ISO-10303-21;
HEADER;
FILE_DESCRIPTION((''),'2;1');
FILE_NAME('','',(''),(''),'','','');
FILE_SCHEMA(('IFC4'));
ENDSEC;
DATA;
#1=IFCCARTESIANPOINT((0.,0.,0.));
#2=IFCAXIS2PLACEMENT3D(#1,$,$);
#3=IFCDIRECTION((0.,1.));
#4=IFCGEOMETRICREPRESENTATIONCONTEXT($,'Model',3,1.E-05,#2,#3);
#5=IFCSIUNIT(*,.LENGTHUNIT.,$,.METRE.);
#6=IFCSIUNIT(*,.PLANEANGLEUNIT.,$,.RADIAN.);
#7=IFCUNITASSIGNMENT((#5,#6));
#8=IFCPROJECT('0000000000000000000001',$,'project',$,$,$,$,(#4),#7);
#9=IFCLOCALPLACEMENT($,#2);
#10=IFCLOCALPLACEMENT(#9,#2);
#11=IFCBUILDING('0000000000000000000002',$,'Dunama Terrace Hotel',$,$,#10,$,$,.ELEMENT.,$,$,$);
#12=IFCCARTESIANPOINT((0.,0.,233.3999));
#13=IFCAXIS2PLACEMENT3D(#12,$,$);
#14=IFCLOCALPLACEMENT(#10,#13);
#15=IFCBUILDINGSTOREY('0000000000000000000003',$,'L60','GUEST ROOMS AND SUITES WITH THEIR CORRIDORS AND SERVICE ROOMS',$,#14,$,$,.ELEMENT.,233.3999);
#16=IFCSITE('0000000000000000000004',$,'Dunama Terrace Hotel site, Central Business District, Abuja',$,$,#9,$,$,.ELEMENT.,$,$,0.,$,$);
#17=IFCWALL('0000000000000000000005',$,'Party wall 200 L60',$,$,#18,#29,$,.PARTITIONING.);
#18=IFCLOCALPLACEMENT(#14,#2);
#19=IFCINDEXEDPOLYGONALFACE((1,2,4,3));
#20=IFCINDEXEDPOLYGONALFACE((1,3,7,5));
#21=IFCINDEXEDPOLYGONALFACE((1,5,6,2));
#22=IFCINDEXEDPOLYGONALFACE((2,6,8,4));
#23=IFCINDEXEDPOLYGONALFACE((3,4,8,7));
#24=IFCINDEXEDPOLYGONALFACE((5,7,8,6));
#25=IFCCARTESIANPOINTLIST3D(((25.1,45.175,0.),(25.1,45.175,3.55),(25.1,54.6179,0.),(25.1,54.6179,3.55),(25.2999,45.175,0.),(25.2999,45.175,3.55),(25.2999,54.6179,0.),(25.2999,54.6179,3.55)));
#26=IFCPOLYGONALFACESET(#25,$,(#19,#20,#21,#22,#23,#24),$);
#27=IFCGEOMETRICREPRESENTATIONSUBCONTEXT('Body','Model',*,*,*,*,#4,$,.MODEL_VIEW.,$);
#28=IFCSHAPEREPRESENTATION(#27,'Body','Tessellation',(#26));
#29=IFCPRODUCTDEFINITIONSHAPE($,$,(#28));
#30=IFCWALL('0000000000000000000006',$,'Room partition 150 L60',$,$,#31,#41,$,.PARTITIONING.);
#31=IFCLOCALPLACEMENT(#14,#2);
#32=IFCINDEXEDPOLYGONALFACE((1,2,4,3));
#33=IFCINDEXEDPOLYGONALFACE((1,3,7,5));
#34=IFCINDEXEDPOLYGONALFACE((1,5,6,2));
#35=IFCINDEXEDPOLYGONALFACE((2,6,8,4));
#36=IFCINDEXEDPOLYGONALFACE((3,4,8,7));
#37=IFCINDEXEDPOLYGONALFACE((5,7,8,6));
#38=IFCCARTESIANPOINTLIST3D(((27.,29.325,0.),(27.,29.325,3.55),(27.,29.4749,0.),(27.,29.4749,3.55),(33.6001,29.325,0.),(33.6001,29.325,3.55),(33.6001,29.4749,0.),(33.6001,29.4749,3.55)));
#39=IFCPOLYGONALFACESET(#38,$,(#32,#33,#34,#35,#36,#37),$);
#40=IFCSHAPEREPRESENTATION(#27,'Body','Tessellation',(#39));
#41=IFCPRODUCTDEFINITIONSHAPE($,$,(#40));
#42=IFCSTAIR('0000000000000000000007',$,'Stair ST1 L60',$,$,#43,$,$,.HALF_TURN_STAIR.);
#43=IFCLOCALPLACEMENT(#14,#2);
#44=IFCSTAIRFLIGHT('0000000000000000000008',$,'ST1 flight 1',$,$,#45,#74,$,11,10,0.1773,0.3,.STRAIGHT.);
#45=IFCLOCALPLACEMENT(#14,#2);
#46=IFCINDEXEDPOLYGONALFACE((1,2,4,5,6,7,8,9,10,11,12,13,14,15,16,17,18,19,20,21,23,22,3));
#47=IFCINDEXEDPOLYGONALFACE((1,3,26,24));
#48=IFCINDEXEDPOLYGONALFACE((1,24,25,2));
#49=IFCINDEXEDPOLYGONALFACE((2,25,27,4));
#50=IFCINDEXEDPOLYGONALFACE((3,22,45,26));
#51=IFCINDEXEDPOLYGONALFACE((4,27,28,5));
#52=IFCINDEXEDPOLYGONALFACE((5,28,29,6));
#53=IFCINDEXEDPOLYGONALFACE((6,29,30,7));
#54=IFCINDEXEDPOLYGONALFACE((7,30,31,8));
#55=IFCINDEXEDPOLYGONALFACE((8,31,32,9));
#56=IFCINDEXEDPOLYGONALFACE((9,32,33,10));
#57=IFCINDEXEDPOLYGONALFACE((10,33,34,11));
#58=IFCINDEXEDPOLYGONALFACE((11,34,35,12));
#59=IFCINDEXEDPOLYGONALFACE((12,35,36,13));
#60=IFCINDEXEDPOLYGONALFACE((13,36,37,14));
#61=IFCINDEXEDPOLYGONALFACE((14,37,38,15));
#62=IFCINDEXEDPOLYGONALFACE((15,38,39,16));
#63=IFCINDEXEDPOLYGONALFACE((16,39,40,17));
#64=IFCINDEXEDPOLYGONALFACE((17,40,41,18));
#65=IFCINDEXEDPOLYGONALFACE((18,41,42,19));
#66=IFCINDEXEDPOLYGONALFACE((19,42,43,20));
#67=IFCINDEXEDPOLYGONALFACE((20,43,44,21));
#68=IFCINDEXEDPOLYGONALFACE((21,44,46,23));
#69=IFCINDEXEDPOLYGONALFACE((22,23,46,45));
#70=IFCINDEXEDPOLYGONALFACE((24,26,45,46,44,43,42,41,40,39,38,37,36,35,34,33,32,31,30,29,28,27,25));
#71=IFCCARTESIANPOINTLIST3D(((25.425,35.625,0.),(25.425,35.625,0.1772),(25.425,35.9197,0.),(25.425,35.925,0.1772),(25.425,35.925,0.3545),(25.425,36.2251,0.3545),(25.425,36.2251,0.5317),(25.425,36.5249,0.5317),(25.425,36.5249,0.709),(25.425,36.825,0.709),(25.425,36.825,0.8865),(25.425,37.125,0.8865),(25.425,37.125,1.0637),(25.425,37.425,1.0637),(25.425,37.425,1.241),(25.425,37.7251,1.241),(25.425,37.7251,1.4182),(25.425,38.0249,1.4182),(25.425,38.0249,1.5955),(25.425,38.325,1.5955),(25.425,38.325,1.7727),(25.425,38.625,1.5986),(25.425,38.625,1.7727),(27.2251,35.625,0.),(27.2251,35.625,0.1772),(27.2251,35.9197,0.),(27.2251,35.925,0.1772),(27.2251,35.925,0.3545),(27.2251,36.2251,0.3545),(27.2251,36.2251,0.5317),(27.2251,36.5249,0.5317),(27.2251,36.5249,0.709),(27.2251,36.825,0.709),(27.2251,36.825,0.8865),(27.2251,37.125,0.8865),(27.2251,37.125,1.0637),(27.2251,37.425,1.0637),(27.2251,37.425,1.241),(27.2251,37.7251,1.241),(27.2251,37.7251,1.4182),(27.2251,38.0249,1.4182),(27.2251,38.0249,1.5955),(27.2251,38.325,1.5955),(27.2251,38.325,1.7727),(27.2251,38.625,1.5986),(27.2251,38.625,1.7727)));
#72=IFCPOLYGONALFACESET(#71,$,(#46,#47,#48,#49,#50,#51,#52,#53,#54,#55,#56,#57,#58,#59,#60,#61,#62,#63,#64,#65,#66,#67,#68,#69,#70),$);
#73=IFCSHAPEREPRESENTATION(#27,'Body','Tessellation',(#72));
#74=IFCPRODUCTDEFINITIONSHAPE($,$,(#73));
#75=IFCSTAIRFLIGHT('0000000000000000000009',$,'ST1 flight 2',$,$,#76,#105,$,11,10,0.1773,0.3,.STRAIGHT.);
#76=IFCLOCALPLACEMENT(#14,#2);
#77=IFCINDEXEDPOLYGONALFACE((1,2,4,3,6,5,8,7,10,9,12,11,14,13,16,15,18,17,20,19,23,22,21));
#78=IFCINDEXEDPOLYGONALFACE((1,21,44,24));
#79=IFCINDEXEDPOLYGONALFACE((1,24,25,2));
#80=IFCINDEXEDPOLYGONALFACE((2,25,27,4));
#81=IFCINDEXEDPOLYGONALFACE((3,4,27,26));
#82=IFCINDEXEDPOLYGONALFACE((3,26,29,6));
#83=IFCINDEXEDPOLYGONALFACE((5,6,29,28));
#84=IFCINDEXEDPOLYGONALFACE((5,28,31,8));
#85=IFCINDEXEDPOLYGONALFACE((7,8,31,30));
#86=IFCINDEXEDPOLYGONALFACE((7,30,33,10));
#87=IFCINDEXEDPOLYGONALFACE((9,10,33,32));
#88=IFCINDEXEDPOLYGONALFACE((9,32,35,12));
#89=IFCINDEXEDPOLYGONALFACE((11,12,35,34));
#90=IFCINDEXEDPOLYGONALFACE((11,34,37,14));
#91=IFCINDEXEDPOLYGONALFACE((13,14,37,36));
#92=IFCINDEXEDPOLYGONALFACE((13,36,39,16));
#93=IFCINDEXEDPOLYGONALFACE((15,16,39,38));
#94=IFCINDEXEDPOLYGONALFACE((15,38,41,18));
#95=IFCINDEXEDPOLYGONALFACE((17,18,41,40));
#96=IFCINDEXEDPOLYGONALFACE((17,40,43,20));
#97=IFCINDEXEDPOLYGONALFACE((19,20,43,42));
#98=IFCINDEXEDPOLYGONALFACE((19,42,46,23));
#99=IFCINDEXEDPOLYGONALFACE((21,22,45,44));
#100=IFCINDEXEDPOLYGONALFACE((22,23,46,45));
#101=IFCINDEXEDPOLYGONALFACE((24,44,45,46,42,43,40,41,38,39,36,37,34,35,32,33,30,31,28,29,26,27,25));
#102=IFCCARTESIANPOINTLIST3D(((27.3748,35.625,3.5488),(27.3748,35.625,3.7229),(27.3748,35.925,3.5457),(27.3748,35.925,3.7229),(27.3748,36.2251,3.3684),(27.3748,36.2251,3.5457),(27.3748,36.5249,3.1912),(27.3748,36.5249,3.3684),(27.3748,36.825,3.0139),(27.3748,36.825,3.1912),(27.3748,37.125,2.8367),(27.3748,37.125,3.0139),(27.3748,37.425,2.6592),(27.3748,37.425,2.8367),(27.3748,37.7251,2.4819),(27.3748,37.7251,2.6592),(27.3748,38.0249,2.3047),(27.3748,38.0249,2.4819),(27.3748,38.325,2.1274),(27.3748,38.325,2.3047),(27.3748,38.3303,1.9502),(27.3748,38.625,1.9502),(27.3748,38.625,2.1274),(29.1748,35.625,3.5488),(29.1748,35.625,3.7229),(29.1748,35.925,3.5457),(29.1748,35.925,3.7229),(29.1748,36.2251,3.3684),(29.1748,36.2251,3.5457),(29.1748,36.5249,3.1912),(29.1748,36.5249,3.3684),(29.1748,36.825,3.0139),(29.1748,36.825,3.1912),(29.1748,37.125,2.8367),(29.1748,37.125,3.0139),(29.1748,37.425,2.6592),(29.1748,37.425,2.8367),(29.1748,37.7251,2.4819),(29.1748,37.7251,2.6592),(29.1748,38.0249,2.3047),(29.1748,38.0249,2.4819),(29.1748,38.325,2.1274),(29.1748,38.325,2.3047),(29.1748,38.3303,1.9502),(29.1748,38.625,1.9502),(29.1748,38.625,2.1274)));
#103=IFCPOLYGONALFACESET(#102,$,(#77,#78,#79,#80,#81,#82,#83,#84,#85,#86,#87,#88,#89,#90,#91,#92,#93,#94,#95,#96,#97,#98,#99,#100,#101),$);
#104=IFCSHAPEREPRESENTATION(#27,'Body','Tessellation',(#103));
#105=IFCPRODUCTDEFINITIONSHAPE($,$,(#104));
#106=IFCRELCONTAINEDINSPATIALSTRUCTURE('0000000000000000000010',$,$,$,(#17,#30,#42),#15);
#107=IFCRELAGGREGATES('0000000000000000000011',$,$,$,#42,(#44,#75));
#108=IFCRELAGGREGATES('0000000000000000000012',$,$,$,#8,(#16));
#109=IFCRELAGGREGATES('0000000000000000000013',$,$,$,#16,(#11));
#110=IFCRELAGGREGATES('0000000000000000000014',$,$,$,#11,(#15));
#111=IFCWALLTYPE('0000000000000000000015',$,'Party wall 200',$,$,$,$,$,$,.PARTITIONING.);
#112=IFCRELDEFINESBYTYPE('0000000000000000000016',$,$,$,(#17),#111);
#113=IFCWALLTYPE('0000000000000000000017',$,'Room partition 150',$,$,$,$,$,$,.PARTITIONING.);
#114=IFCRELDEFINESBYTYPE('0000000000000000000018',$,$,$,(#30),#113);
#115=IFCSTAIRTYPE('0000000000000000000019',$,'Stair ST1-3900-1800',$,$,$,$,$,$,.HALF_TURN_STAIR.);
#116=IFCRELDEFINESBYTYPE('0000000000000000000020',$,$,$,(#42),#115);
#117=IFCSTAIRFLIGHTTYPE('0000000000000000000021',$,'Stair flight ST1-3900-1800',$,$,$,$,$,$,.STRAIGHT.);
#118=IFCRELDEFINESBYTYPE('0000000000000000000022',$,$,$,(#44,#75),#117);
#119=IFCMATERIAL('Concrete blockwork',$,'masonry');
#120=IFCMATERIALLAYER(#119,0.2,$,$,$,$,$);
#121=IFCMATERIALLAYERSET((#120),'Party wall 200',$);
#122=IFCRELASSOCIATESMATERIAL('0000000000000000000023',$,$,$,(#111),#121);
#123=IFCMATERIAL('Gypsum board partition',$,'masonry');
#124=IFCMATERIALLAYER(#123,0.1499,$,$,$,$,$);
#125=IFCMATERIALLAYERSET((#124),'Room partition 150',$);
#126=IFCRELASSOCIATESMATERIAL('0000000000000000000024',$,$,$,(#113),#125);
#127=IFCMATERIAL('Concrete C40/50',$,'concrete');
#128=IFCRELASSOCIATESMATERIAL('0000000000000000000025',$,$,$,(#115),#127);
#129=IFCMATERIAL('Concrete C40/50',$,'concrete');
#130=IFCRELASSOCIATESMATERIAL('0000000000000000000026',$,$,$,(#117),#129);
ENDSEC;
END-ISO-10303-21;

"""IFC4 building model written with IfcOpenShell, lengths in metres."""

from ifc_helpers import new_model, si_unit, direction, frame, frame_2d, origin, place, context, subcontext, project, spatial, polyline, rectangle, outline, extrude, material, layer, layer_set, type_object, element, aggregate, save


model = new_model("IFC4")

# Units and contexts
model_context = context("Model", 3, precision=1e-05, world=origin(), true_north=direction((0.0, 1.0)))
body_context = subcontext(model_context, "Body", "Model", "MODEL_VIEW")
ifc_project = project(units=[si_unit("LENGTHUNIT", "METRE"), si_unit("PLANEANGLEUNIT", "RADIAN")], contexts=[model_context])

# Site, building, storey
site_placement = place(None, origin())
site = spatial("IfcSite", under=ifc_project, at=site_placement, Name="Dunama Terrace Hotel site, Central Business District, Abuja", CompositionType="ELEMENT", RefElevation=0.0)
building_placement = place(site_placement, origin())
building = spatial("IfcBuilding", under=site, at=building_placement, Name="Dunama Terrace Hotel", CompositionType="ELEMENT")
storey_placement = place(building_placement, frame((0.0, 0.0, 233.3999)))
storey = spatial("IfcBuildingStorey", under=building, at=storey_placement, Name="L60", Description="GUEST ROOMS AND SUITES WITH THEIR CORRIDORS AND SERVICE ROOMS", CompositionType="ELEMENT", Elevation=233.3999)

# Walls
ifc_material_1 = material(Name="Concrete blockwork", Category="masonry")
ifc_layer_1 = layer(ifc_material_1, 0.2)
ifc_layer_set_1 = layer_set([ifc_layer_1], Name="Party wall 200")
wall_type_1 = type_object("IfcWallType", Name="Party wall 200", PredefinedType="PARTITIONING", material=ifc_layer_set_1)
wall_1_placement = place(storey_placement, frame((25.2, 45.175, 0.0), z_axis=(0.0, 0.0, 1.0), x_axis=(0.0, 1.0, 0.0)))
element("IfcWall", 1, at=wall_1_placement, inside=storey, type_object=wall_type_1, Name="Party wall 200 L60", PredefinedType="PARTITIONING", context=body_context, shape_type="SweptSolid", body=[
    extrude(rectangle(XDim=9.4429, YDim=0.2, at=frame_2d((4.7214, 0.0))), origin(), (0.0, 0.0, 1.0), 3.55),
])
ifc_material_2 = material(Name="Gypsum board partition", Category="masonry")
ifc_layer_2 = layer(ifc_material_2, 0.1499)
ifc_layer_set_2 = layer_set([ifc_layer_2], Name="Room partition 150")
wall_type_2 = type_object("IfcWallType", Name="Room partition 150", PredefinedType="PARTITIONING", material=ifc_layer_set_2)
wall_2_placement = place(storey_placement, frame((27.0, 29.3999, 0.0), z_axis=(0.0, 0.0, 1.0), x_axis=(1.0, 0.0, 0.0)))
element("IfcWall", 2, at=wall_2_placement, inside=storey, type_object=wall_type_2, Name="Room partition 150 L60", PredefinedType="PARTITIONING", context=body_context, shape_type="SweptSolid", body=[
    extrude(rectangle(XDim=6.6001, YDim=0.1499, at=frame_2d((3.3, 0.0))), origin(), (0.0, 0.0, 1.0), 3.55),
])

# Stair, stair flights
ifc_material_3 = material(Name="Concrete C40/50", Category="concrete")
stair_type = type_object("IfcStairType", Name="Stair ST1-3900-1800", PredefinedType="HALF_TURN_STAIR", material=ifc_material_3)
stair_placement = place(storey_placement, origin())
stair = element("IfcStair", 3, at=stair_placement, inside=storey, type_object=stair_type, Name="Stair ST1 L60", PredefinedType="HALF_TURN_STAIR")
ifc_material_4 = material(Name="Concrete C40/50", Category="concrete")
stair_flight_type = type_object("IfcStairFlightType", Name="Stair flight ST1-3900-1800", PredefinedType="STRAIGHT", material=ifc_material_4)
stair_flight_1_placement = place(storey_placement, frame((26.325, 35.625, 0.0), z_axis=(0.0, 0.0, 1.0), x_axis=(0.0, 1.0, 0.0)))
stair_flight_1 = element("IfcStairFlight", 4, at=stair_flight_1_placement, type_object=stair_flight_type, Name="ST1 flight 1", NumberOfRisers=11, NumberOfTreads=10, PredefinedType="STRAIGHT", RiserHeight=0.1773, TreadLength=0.3, context=body_context, shape_type="SweptSolid", body=[
    extrude(outline(polyline([(0.0, 0.0), (0.0, 0.1772), (0.3, 0.1772), (0.3, 0.3545), (0.6001, 0.3545), (0.6001, 0.5317), (0.8999, 0.5317), (0.8999, 0.709), (1.2, 0.709), (1.2, 0.8865), (1.5, 0.8865), (1.5, 1.0637), (1.8, 1.0637), (1.8, 1.241), (2.1001, 1.241), (2.1001, 1.4182), (2.3999, 1.4182), (2.3999, 1.5955), (2.7, 1.5955), (2.7, 1.7727), (3.0, 1.7727), (3.0, 1.95), (3.0, 1.5986), (0.2947, 0.0), (0.0, 0.0)])), frame((0.0, 0.8999, 0.0), z_axis=(0.0, -1.0, 0.0), x_axis=(1.0, 0.0, 0.0)), (0.0, 0.0, 1.0), 1.8),
])
stair_flight_2_placement = place(storey_placement, frame((28.2749, 38.625, 1.9502), z_axis=(0.0, 0.0, 1.0), x_axis=(0.0, -1.0, 0.0)))
stair_flight_2 = element("IfcStairFlight", 5, at=stair_flight_2_placement, type_object=stair_flight_type, Name="ST1 flight 2", NumberOfRisers=11, NumberOfTreads=10, PredefinedType="STRAIGHT", RiserHeight=0.1773, TreadLength=0.3, context=body_context, shape_type="SweptSolid", body=[
    extrude(outline(polyline([(0.0, 0.0), (0.0, 0.1772), (0.3, 0.1772), (0.3, 0.3545), (0.6001, 0.3545), (0.6001, 0.5317), (0.8999, 0.5317), (0.8999, 0.709), (1.2, 0.709), (1.2, 0.8865), (1.5, 0.8865), (1.5, 1.0637), (1.8, 1.0637), (1.8, 1.241), (2.1001, 1.241), (2.1001, 1.4182), (2.3999, 1.4182), (2.3999, 1.5955), (2.7, 1.5955), (2.7, 1.7727), (3.0, 1.7727), (3.0, 1.95), (3.0, 1.5986), (0.2947, 0.0), (0.0, 0.0)])), frame((0.0, 0.8999, 0.0), z_axis=(0.0, -1.0, 0.0), x_axis=(1.0, 0.0, 0.0)), (0.0, 0.0, 1.0), 1.8),
])
aggregate(stair, [stair_flight_1, stair_flight_2])

save(model, "model.ifc")
